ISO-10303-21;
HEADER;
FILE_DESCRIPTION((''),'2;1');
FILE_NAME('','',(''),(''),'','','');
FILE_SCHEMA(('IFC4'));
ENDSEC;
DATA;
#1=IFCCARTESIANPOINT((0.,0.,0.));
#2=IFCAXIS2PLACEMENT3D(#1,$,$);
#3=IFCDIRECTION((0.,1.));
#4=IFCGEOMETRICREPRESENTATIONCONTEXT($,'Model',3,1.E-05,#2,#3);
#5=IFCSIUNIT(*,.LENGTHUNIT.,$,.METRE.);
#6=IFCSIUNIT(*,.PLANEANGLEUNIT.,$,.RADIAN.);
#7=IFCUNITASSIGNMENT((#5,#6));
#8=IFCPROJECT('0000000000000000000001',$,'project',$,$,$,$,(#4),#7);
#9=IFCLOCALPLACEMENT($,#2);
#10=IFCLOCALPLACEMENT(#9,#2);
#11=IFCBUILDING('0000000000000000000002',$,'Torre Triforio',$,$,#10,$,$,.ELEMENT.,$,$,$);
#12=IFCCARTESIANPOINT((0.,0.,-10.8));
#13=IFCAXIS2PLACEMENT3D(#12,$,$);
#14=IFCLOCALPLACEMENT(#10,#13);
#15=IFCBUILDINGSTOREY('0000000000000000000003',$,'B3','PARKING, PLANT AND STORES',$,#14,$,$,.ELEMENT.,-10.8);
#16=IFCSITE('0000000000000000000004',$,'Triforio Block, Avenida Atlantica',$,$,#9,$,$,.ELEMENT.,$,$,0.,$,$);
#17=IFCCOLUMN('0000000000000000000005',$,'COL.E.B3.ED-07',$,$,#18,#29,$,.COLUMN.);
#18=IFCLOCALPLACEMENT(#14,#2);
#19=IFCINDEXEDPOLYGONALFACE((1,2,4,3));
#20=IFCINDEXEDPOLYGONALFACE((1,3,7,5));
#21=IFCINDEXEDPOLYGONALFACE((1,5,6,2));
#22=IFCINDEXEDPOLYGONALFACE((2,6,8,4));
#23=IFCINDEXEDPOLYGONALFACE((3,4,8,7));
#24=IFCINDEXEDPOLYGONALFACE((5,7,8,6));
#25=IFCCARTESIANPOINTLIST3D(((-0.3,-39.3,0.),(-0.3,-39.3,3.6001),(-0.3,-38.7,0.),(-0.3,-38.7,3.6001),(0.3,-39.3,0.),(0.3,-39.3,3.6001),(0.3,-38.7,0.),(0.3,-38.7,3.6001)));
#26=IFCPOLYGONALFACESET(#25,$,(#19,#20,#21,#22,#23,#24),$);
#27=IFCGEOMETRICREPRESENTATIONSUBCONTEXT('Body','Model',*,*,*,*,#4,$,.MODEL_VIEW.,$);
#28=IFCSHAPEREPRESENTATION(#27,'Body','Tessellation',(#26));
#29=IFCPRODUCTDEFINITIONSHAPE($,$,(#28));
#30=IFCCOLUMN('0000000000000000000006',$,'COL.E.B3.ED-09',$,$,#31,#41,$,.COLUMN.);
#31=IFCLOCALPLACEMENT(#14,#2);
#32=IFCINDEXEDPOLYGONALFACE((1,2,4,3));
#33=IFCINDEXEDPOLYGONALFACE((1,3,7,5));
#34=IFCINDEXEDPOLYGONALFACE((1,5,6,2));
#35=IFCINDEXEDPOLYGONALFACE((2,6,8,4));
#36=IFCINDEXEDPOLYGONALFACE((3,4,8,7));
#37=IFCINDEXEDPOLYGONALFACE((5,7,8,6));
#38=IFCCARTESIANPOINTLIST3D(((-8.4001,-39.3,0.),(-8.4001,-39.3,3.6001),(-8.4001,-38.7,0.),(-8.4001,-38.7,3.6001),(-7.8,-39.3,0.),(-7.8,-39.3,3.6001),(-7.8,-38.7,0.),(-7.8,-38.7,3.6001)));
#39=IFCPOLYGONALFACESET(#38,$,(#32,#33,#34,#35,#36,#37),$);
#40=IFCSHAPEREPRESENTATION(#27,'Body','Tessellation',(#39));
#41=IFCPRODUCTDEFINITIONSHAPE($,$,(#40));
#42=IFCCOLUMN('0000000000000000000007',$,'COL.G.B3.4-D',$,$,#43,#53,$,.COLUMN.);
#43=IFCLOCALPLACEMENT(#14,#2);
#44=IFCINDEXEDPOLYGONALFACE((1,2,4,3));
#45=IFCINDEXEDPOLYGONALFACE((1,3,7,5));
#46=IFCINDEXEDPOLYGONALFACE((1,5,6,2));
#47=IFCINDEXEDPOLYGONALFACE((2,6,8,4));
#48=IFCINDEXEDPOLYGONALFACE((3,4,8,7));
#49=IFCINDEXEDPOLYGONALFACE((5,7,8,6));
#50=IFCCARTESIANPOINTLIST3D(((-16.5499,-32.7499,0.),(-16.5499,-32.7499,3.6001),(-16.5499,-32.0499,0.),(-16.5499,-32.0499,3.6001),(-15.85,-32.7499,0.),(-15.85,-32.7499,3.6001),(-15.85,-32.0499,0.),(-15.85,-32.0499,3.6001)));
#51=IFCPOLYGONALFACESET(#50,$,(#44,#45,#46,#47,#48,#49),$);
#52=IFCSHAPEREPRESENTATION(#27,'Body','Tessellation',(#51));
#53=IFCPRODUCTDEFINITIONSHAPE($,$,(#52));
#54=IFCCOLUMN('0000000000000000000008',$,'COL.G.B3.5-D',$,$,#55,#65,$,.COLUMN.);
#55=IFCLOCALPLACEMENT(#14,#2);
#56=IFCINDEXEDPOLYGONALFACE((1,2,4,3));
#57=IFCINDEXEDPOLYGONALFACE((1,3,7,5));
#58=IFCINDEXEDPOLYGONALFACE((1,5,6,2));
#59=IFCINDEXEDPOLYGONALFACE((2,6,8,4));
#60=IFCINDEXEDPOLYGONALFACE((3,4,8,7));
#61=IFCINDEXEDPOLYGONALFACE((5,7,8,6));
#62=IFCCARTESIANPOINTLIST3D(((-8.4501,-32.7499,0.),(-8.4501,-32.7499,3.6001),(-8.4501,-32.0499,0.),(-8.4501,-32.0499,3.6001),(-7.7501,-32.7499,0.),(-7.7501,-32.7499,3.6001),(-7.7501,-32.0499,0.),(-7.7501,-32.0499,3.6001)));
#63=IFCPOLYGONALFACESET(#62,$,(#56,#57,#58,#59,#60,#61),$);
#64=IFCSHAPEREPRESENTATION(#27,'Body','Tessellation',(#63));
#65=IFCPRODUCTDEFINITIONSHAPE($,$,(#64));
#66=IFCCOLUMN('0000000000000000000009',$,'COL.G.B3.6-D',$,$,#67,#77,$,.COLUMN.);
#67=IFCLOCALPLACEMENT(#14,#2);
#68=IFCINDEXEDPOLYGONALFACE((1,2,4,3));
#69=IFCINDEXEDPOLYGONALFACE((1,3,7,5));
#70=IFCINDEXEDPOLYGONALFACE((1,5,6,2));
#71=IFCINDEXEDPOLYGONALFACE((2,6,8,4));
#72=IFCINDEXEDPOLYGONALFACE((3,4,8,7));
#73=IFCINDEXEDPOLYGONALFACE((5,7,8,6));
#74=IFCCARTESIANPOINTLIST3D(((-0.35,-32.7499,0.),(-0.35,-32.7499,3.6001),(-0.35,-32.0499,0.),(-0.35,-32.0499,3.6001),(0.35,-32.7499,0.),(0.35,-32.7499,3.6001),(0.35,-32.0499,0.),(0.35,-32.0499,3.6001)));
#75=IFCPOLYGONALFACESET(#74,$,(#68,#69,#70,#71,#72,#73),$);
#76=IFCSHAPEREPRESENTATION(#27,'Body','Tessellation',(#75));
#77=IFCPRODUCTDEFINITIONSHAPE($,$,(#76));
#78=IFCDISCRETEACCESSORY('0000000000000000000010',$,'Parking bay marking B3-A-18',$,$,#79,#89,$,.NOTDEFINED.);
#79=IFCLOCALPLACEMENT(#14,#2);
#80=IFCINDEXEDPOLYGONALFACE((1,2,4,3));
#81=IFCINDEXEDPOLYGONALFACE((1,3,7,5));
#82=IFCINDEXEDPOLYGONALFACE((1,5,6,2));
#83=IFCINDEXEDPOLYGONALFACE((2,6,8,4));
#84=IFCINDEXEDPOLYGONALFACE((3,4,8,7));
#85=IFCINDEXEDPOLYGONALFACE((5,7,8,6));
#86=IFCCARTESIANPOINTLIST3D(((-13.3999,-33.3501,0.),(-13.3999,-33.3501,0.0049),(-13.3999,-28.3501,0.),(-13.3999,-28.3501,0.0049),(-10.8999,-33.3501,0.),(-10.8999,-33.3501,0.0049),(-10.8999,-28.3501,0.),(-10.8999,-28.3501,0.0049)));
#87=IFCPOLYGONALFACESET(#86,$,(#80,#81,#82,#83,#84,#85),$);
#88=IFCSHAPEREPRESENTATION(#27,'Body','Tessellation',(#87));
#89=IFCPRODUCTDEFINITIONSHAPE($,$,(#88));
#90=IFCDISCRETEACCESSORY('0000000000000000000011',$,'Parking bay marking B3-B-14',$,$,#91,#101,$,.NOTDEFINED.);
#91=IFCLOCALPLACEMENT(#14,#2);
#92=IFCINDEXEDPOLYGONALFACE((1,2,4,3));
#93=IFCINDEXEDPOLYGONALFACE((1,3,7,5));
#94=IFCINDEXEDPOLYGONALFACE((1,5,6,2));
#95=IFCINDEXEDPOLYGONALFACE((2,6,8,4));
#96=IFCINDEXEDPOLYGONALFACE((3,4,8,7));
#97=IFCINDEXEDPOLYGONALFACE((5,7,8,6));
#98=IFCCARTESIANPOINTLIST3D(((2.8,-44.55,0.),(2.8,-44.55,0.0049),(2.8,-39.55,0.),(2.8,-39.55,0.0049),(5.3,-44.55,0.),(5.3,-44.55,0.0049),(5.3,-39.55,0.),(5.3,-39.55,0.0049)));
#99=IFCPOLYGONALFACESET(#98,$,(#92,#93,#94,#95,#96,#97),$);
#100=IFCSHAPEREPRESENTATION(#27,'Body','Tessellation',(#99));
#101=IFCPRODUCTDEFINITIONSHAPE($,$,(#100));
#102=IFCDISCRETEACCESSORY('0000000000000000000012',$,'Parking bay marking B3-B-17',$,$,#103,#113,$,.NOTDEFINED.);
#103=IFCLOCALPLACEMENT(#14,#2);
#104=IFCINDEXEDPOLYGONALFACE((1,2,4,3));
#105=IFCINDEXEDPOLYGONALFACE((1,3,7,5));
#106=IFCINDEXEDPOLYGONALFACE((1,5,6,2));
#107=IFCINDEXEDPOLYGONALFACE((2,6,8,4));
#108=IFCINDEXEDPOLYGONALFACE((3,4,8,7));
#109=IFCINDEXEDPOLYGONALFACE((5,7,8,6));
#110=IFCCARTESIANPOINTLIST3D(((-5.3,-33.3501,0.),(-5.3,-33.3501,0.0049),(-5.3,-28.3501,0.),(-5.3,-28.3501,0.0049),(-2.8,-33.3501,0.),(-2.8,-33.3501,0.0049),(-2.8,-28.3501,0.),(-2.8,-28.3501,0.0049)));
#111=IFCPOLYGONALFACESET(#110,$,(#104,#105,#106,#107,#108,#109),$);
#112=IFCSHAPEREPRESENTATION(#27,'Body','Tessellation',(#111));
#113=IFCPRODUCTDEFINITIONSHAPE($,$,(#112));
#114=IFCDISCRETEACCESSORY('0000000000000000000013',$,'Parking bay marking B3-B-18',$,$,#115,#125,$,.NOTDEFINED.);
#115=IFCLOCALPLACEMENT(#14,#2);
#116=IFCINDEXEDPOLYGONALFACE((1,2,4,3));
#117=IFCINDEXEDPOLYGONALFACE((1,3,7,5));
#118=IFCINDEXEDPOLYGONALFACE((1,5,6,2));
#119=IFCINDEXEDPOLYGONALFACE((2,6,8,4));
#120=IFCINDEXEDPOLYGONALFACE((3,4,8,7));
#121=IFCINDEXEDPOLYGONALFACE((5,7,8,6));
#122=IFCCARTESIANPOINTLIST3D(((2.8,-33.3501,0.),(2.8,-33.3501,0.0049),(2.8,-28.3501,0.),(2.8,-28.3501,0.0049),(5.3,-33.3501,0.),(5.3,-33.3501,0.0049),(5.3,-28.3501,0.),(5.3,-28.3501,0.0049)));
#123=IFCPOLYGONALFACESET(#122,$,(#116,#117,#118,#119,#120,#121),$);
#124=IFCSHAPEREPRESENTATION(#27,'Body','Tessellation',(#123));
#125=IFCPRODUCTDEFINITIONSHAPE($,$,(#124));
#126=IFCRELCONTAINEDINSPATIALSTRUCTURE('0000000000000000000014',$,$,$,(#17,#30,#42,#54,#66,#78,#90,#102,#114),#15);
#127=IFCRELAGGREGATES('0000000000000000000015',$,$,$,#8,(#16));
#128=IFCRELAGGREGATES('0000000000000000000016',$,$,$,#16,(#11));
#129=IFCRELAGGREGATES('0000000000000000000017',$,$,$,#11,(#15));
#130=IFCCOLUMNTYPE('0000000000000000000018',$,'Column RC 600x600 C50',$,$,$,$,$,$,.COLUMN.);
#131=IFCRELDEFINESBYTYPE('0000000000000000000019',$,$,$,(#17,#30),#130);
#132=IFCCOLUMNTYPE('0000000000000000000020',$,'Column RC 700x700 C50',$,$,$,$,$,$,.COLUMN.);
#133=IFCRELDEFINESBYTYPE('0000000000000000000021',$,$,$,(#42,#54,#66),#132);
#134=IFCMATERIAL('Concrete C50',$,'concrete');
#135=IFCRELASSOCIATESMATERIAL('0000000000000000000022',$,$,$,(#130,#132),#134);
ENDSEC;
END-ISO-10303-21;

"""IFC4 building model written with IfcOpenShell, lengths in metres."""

from ifc_helpers import new_model, si_unit, direction, frame, origin, origin_2d, place, context, subcontext, project, spatial, rectangle, extrude, material, material_profile, profile_set, type_object, element, save


model = new_model("IFC4")

# Units and contexts
model_context = context("Model", 3, precision=1e-05, world=origin(), true_north=direction((0.0, 1.0)))
body_context = subcontext(model_context, "Body", "Model", "MODEL_VIEW")
ifc_project = project(units=[si_unit("LENGTHUNIT", "METRE"), si_unit("PLANEANGLEUNIT", "RADIAN")], contexts=[model_context])

# Site, building, storey
site_placement = place(None, origin())
site = spatial("IfcSite", under=ifc_project, at=site_placement, Name="Triforio Block, Avenida Atlantica", CompositionType="ELEMENT", RefElevation=0.0)
building_placement = place(site_placement, origin())
building = spatial("IfcBuilding", under=site, at=building_placement, Name="Torre Triforio", CompositionType="ELEMENT")
storey_placement = place(building_placement, frame((0.0, 0.0, -10.8)))
storey = spatial("IfcBuildingStorey", under=building, at=storey_placement, Name="B3", Description="PARKING, PLANT AND STORES", CompositionType="ELEMENT", Elevation=-10.8)

# Columns
ifc_material_1 = material(Name="Concrete C50", Category="concrete")
ifc_material_profile_1 = material_profile(ifc_material_1, rectangle(XDim=0.6001, YDim=0.6001, at=origin_2d()), Name="RC 600x600")
ifc_profile_set_1 = profile_set([ifc_material_profile_1], Name="Concrete C50")
column_type_1 = type_object("IfcColumnType", Name="Column RC 600x600 C50", PredefinedType="COLUMN", material=ifc_profile_set_1)
for number, where, z_axis, x_axis, name in (
    (1, (0.0, -39.0, 0.0), (0.0, 0.0, 1.0), (1.0, 0.0, 0.0), "COL.E.B3.ED-07"),
    (2, (-8.1001, -39.0, 0.0), (0.0, 0.0, 1.0), (1.0, 0.0, 0.0), "COL.E.B3.ED-09"),
):
    element("IfcColumn", number, at=place(storey_placement, frame(where, z_axis=z_axis, x_axis=x_axis)), inside=storey, type_object=column_type_1, Name=name, PredefinedType="COLUMN", context=body_context, shape_type="SweptSolid", body=[
        extrude(rectangle(XDim=0.6001, YDim=0.6001, at=origin_2d()), origin(), (0.0, 0.0, 1.0), 3.6001),
    ])
ifc_material_profile_2 = material_profile(ifc_material_1, rectangle(XDim=0.7, YDim=0.7, at=origin_2d()), Name="RC 700x700")
ifc_profile_set_2 = profile_set([ifc_material_profile_2], Name="Concrete C50")
column_type_2 = type_object("IfcColumnType", Name="Column RC 700x700 C50", PredefinedType="COLUMN", material=ifc_profile_set_2)
for number, where, z_axis, x_axis, name in (
    (3, (-16.2, -32.3999, 0.0), (0.0, 0.0, 1.0), (1.0, 0.0, 0.0), "COL.G.B3.4-D"),
    (4, (-8.1001, -32.3999, 0.0), (0.0, 0.0, 1.0), (1.0, 0.0, 0.0), "COL.G.B3.5-D"),
    (5, (0.0, -32.3999, 0.0), (0.0, 0.0, 1.0), (1.0, 0.0, 0.0), "COL.G.B3.6-D"),
):
    element("IfcColumn", number, at=place(storey_placement, frame(where, z_axis=z_axis, x_axis=x_axis)), inside=storey, type_object=column_type_2, Name=name, PredefinedType="COLUMN", context=body_context, shape_type="SweptSolid", body=[
        extrude(rectangle(XDim=0.7, YDim=0.7, at=origin_2d()), origin(), (0.0, 0.0, 1.0), 3.6001),
    ])

# Discrete accessories
for number, where, z_axis, x_axis, name in (
    (6, (-12.1499, -30.8501, 0.0), (0.0, 0.0, 1.0), (1.0, 0.0, 0.0), "Parking bay marking B3-A-18"),
    (7, (4.05, -42.05, 0.0), (0.0, 0.0, 1.0), (1.0, 0.0, 0.0), "Parking bay marking B3-B-14"),
    (8, (-4.05, -30.8501, 0.0), (0.0, 0.0, 1.0), (1.0, 0.0, 0.0), "Parking bay marking B3-B-17"),
    (9, (4.05, -30.8501, 0.0), (0.0, 0.0, 1.0), (1.0, 0.0, 0.0), "Parking bay marking B3-B-18"),
):
    element("IfcDiscreteAccessory", number, at=place(storey_placement, frame(where, z_axis=z_axis, x_axis=x_axis)), inside=storey, Name=name, PredefinedType="NOTDEFINED", context=body_context, shape_type="SweptSolid", body=[
        extrude(rectangle(XDim=2.5, YDim=5.0, at=origin_2d()), origin(), (0.0, 0.0, 1.0), 0.0049),
    ])

save(model, "model.ifc")
